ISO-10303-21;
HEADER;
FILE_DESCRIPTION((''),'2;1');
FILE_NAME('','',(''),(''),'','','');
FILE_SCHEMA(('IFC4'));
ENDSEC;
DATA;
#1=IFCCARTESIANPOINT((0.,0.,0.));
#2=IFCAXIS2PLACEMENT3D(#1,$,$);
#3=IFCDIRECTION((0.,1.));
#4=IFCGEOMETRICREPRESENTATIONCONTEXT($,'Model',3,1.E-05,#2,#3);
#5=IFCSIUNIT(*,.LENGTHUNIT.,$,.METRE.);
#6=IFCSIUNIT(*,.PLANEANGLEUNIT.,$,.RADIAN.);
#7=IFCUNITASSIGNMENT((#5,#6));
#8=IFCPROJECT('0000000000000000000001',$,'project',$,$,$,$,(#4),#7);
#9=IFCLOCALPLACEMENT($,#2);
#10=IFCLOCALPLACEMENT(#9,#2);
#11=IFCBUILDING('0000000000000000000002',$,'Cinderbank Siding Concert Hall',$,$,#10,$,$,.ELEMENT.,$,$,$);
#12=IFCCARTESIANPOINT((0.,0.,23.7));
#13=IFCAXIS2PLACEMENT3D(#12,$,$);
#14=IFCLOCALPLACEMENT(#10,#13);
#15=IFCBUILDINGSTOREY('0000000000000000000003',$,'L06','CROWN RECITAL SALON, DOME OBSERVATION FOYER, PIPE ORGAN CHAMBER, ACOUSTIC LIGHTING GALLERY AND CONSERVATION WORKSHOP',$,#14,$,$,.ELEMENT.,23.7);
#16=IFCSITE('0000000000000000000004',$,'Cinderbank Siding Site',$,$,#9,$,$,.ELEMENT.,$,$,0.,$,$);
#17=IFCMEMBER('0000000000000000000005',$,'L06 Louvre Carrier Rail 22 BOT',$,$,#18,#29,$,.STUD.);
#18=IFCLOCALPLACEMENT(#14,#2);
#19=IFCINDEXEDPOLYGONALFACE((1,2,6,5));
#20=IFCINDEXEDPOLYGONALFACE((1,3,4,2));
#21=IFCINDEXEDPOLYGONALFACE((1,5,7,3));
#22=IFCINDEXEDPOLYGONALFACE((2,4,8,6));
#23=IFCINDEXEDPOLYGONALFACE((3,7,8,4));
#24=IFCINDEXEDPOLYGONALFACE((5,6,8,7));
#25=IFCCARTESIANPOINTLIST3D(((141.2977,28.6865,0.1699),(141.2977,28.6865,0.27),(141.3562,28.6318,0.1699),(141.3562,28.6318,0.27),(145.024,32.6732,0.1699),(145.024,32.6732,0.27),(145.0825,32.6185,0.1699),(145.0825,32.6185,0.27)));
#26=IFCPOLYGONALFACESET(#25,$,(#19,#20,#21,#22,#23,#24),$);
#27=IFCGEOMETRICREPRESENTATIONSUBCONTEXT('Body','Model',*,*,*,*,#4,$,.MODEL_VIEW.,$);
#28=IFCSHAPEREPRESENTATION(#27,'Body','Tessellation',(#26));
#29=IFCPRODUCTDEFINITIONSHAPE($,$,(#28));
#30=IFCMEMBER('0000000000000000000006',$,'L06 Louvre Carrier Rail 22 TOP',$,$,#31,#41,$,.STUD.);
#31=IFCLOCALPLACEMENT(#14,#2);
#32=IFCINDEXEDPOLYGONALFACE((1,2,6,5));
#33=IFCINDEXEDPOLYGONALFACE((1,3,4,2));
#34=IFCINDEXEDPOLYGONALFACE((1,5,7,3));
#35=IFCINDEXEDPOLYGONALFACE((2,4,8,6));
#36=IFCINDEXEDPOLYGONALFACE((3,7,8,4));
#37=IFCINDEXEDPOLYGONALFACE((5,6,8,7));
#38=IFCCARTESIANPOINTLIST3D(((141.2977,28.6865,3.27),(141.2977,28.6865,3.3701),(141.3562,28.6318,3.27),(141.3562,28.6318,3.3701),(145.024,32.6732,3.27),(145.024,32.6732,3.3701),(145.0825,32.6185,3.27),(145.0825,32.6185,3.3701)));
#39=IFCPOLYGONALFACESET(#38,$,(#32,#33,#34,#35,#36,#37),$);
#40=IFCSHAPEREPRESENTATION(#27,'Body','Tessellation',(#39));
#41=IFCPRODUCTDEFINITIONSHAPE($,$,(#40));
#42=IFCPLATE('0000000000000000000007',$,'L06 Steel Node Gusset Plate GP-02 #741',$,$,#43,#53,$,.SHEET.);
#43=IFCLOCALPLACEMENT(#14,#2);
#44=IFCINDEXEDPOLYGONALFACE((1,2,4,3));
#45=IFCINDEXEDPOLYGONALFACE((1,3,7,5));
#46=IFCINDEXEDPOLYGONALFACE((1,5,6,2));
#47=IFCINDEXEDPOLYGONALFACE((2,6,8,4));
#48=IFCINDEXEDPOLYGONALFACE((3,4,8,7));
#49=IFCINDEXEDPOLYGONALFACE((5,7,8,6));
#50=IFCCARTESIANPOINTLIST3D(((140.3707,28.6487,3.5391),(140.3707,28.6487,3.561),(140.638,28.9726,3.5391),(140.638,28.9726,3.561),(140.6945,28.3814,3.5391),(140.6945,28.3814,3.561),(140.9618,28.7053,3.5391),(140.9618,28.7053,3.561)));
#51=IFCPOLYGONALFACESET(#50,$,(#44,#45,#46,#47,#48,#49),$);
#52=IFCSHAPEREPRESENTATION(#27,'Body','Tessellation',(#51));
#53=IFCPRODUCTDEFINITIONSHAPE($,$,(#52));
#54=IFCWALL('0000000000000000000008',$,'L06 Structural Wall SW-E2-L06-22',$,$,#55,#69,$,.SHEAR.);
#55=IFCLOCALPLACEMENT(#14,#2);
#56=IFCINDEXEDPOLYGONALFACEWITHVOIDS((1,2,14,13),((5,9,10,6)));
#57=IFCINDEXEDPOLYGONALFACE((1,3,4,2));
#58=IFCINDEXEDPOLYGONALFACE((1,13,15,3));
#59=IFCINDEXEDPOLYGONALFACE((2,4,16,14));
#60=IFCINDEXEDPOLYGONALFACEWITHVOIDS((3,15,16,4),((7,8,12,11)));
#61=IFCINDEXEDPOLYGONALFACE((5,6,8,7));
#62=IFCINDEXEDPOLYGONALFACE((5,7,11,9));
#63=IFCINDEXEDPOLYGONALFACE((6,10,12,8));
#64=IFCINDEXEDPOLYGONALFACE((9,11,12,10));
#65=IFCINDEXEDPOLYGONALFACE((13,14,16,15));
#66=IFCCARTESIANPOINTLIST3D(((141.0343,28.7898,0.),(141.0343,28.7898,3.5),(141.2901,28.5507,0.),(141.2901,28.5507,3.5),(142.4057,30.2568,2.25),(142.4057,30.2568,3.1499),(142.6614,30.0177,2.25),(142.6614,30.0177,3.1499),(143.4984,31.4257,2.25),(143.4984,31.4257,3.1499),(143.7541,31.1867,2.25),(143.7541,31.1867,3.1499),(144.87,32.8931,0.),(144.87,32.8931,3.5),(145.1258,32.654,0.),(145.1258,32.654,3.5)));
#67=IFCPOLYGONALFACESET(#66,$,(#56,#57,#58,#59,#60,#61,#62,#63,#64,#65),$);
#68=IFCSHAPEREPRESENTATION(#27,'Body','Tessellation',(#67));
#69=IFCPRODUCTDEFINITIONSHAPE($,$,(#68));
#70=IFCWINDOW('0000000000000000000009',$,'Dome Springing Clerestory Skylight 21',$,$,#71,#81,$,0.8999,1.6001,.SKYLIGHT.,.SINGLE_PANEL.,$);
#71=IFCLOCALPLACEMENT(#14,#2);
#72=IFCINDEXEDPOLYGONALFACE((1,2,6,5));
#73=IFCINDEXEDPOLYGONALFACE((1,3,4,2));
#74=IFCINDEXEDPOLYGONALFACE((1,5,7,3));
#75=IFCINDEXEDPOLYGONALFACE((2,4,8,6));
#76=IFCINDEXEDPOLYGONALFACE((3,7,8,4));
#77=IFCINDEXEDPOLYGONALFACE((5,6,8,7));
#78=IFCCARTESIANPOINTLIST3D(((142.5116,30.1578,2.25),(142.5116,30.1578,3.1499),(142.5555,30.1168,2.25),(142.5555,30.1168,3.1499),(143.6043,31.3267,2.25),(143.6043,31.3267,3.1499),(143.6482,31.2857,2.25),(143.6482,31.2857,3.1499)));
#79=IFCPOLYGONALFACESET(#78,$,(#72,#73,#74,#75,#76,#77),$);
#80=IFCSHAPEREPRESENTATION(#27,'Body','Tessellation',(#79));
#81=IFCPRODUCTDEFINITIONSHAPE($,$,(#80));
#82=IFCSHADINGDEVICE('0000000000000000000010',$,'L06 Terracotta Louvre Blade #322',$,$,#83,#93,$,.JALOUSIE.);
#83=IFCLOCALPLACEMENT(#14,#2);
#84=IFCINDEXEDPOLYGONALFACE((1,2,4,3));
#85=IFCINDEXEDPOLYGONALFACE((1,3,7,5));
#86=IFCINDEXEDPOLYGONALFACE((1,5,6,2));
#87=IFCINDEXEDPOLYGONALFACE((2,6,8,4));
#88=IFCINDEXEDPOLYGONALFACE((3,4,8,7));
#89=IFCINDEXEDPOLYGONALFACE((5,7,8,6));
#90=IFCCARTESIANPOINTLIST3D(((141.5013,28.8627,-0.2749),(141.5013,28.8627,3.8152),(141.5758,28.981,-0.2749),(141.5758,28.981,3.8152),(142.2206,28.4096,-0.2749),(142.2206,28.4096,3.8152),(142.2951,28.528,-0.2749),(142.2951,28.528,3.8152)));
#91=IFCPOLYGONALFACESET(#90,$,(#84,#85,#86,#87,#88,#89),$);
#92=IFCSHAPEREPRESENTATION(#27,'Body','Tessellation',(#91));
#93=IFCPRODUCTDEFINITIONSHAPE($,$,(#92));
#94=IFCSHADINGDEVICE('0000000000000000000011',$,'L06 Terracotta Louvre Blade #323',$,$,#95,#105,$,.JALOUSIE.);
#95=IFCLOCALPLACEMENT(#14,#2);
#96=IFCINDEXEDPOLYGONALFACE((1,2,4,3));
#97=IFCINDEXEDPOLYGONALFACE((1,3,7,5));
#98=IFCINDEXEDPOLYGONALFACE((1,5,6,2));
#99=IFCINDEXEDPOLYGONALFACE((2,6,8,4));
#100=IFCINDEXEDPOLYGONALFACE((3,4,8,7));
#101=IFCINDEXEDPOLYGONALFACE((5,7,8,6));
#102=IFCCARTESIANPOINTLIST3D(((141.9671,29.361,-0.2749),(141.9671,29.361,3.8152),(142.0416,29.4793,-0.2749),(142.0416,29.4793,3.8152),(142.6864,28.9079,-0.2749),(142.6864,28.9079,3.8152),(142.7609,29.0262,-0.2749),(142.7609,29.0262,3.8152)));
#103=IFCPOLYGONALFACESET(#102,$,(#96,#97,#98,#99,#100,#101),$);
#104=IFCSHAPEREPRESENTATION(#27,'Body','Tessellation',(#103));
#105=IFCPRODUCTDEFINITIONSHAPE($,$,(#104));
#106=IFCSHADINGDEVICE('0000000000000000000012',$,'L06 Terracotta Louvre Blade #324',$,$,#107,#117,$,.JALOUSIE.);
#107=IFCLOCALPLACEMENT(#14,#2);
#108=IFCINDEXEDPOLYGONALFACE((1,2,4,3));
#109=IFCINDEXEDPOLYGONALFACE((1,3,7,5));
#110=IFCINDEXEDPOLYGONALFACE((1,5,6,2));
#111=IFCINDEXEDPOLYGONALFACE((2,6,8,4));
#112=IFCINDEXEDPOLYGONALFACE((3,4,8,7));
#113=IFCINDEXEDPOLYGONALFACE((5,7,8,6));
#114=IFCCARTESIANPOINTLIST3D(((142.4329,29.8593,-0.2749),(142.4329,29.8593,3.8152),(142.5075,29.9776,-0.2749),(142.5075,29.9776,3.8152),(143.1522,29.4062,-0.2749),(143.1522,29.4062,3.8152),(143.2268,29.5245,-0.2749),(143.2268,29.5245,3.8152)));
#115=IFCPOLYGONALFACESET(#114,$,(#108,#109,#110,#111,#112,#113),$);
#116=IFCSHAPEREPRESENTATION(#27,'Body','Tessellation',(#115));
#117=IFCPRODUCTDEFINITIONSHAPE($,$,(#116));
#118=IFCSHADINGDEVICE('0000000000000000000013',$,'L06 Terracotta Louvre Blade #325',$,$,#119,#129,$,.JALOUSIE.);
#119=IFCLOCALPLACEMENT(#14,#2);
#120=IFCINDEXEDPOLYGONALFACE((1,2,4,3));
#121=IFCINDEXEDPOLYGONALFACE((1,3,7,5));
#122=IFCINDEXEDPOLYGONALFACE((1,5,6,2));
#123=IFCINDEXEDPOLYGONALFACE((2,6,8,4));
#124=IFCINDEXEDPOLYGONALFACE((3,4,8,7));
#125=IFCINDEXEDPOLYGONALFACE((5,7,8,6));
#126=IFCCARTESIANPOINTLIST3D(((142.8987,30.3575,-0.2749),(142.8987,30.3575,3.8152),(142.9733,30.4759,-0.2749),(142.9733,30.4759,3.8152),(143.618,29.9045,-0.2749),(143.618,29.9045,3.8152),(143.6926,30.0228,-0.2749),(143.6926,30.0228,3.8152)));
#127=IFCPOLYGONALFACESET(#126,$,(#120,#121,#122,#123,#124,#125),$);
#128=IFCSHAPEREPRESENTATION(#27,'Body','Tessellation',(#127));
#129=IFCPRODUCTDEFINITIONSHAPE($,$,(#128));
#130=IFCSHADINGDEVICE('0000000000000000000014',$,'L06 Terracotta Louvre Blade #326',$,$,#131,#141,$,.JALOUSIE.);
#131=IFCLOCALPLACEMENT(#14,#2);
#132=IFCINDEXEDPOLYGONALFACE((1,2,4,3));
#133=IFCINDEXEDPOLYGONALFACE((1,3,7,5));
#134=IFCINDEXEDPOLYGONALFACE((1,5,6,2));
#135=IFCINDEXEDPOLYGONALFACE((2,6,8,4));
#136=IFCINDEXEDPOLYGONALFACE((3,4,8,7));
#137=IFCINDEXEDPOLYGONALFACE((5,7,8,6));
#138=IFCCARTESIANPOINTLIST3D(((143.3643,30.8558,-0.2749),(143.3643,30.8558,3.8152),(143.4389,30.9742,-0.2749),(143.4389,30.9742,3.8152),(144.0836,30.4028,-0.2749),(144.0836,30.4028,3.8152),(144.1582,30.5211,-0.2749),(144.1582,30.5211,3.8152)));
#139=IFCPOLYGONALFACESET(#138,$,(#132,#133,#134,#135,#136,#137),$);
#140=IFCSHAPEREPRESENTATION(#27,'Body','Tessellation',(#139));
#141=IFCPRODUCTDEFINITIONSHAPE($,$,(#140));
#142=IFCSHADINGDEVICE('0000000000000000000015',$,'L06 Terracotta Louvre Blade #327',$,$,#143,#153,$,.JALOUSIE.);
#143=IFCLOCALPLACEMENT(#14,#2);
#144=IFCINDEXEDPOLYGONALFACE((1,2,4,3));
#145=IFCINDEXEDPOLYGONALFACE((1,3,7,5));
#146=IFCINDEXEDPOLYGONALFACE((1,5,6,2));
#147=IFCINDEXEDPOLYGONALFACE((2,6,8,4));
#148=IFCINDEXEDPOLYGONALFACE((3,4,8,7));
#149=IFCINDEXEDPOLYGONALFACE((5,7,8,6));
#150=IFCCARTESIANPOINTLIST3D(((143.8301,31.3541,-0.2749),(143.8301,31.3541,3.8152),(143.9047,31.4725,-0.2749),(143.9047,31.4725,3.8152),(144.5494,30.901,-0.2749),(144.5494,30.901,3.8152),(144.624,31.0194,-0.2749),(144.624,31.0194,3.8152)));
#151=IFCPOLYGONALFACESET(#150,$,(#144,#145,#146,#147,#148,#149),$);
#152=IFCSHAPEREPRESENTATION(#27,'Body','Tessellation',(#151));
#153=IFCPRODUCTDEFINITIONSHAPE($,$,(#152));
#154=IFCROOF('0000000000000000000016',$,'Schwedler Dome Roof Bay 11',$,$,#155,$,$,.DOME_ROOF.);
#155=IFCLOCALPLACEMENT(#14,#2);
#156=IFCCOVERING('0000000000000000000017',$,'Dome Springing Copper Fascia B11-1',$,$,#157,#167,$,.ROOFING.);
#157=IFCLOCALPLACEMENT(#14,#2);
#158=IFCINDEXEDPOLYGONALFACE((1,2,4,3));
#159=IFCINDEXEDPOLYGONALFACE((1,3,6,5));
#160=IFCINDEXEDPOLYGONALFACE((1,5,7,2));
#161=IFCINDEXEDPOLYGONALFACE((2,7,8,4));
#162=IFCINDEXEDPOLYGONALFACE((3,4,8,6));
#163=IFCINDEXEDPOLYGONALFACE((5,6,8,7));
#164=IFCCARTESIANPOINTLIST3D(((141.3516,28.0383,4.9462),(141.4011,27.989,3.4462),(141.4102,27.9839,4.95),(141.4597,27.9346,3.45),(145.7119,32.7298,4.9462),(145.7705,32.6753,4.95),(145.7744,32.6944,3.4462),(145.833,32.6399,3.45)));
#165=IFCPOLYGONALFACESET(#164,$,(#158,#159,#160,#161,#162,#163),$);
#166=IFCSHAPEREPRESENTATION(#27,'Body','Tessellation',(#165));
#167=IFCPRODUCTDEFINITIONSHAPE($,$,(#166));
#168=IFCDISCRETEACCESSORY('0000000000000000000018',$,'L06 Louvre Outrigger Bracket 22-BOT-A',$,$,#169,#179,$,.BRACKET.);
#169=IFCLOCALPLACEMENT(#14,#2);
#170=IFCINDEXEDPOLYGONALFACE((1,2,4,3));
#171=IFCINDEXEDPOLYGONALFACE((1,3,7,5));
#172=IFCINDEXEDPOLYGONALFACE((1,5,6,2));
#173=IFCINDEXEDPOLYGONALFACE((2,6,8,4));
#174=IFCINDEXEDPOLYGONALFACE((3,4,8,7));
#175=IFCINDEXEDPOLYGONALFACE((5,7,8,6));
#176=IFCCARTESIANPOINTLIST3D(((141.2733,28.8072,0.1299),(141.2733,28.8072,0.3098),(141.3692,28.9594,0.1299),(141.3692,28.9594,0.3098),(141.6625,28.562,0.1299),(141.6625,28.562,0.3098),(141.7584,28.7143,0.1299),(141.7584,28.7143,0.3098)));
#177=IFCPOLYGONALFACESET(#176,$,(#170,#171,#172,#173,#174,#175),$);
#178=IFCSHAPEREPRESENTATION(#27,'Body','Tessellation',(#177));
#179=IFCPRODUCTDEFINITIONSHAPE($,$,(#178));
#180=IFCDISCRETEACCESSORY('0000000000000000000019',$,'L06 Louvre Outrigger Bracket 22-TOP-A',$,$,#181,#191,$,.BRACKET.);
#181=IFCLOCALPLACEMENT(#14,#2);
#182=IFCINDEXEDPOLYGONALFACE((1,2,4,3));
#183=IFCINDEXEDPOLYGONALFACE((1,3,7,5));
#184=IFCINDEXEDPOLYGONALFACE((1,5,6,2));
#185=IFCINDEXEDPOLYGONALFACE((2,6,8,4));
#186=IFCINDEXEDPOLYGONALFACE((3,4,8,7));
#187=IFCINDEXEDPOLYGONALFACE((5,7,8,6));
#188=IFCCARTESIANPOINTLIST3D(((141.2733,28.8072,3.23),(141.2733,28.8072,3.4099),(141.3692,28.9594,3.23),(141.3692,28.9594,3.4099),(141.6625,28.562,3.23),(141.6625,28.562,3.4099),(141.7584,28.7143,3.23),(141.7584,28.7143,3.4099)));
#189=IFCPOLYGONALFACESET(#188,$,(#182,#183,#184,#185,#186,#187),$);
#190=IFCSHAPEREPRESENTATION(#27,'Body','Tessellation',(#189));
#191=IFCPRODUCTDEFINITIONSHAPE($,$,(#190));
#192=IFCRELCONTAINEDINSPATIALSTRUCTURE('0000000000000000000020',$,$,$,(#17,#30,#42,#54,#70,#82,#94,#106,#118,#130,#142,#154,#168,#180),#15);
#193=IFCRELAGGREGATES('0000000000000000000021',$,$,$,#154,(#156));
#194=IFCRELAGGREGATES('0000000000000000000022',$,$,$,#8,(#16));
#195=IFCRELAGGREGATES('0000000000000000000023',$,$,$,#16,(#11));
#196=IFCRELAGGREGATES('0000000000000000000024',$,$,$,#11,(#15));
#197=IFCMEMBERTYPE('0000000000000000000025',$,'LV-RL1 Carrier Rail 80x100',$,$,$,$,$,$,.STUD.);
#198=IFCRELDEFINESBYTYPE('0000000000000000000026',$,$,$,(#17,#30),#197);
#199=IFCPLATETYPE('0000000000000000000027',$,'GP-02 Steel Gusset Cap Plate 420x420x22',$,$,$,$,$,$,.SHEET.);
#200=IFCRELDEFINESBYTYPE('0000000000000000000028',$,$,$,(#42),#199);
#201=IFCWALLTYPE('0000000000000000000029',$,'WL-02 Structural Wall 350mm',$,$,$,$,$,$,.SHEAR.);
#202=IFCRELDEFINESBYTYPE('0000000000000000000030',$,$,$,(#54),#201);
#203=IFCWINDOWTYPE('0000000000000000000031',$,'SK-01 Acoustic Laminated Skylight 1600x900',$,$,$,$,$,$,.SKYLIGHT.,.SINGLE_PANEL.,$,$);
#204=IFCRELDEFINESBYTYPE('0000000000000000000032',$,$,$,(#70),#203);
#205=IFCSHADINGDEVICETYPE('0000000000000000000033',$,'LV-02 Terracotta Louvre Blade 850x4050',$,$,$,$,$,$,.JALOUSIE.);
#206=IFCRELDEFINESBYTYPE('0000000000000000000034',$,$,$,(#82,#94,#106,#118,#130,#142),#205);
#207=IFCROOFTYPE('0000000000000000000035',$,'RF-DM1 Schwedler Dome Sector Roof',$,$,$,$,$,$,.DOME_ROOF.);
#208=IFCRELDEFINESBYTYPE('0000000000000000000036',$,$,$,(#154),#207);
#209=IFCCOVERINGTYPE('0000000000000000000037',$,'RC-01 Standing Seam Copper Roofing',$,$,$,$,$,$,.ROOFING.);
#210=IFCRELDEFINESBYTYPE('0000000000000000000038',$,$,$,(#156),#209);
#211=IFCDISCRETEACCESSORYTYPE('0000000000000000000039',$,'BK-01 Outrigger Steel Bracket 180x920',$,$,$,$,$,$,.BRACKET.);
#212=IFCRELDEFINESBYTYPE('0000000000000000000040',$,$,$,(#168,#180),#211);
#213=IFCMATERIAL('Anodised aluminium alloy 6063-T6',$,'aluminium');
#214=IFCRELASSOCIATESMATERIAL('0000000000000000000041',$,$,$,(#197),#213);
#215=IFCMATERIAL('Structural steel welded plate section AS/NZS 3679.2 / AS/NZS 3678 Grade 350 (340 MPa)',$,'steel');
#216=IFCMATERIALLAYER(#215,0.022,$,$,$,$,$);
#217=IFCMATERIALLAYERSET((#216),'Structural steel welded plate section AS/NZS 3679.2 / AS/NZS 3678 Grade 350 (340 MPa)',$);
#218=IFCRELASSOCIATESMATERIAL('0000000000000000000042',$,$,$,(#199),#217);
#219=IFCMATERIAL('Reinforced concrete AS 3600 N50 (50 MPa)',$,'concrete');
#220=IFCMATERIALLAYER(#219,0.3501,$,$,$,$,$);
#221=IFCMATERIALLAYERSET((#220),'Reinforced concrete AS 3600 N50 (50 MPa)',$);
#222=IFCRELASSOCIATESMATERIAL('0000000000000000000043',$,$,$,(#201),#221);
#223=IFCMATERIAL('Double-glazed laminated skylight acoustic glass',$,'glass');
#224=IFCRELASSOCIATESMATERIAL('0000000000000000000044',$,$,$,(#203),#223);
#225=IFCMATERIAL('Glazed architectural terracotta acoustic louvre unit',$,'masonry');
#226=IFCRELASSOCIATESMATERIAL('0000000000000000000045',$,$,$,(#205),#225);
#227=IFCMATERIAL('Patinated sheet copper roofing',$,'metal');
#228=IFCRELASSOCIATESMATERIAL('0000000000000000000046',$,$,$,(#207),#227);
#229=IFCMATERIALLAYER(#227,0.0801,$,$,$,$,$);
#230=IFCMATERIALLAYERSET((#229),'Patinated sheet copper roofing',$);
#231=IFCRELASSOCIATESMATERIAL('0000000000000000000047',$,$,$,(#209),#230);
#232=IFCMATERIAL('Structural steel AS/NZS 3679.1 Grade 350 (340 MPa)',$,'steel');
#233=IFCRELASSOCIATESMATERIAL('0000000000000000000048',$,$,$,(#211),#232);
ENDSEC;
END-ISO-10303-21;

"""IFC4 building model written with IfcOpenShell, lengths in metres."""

from ifc_helpers import new_model, si_unit, direction, frame, frame_2d, origin, origin_2d, place, context, subcontext, project, spatial, polyline, rectangle, outline, extrude, material, layer, layer_set, material_profile, profile_set, type_object, element, fill, aggregate, save


model = new_model("IFC4")

# Units and contexts
model_context = context("Model", 3, precision=1e-05, world=origin(), true_north=direction((0.0, 1.0)))
body_context = subcontext(model_context, "Body", "Model", "MODEL_VIEW")
ifc_project = project(units=[si_unit("LENGTHUNIT", "METRE"), si_unit("PLANEANGLEUNIT", "RADIAN")], contexts=[model_context])

# Site, building, storey
site_placement = place(None, origin())
site = spatial("IfcSite", under=ifc_project, at=site_placement, Name="Cinderbank Siding Site", CompositionType="ELEMENT", RefElevation=0.0)
building_placement = place(site_placement, origin())
building = spatial("IfcBuilding", under=site, at=building_placement, Name="Cinderbank Siding Concert Hall", CompositionType="ELEMENT")
storey_placement = place(building_placement, frame((0.0, 0.0, 23.7)))
storey = spatial("IfcBuildingStorey", under=building, at=storey_placement, Name="L06", Description="CROWN RECITAL SALON, DOME OBSERVATION FOYER, PIPE ORGAN CHAMBER, ACOUSTIC LIGHTING GALLERY AND CONSERVATION WORKSHOP", CompositionType="ELEMENT", Elevation=23.7)

# Shared definitions
ifc_material_1 = material(Name="Reinforced concrete AS 3600 N50 (50 MPa)", Category="concrete")

# Shared definitions
ifc_material_2 = material(Name="Structural steel welded plate section AS/NZS 3679.2 / AS/NZS 3678 Grade 350 (340 MPa)", Category="steel")

# Members
ifc_material_3 = material(Name="Anodised aluminium alloy 6063-T6", Category="aluminium")
ifc_material_profile_1 = material_profile(ifc_material_3, rectangle(XDim=0.0801, YDim=0.1001, at=origin_2d()), Name="ALU-RAIL-80x100", Category="LoadBearing")
ifc_profile_set_1 = profile_set([ifc_material_profile_1], Name="Anodised aluminium alloy 6063-T6")
member_type_1 = type_object("IfcMemberType", Name="LV-RL1 Carrier Rail 80x100", PredefinedType="STUD", material=ifc_profile_set_1)
for number, where, z_axis, x_axis, name in (
    (1, (141.3269, 28.6592, 0.22), (0.682858, 0.730551, 0.0), (-0.730551, 0.682858, 0.0), "L06 Louvre Carrier Rail 22 BOT"),
    (2, (141.3269, 28.6592, 3.3201), (0.682858, 0.730551, 0.0), (-0.730551, 0.682858, 0.0), "L06 Louvre Carrier Rail 22 TOP"),
):
    element("IfcMember", number, at=place(storey_placement, frame(where, z_axis=z_axis, x_axis=x_axis)), inside=storey, type_object=member_type_1, Name=name, PredefinedType="STUD", context=body_context, shape_type="SweptSolid", body=[
        extrude(rectangle(XDim=0.0801, YDim=0.1001, at=origin_2d()), origin(), (0.0, 0.0, 1.0), 5.457),
    ])

# Plate
ifc_layer_1 = layer(ifc_material_2, 0.022)
ifc_layer_set_1 = layer_set([ifc_layer_1], Name="Structural steel welded plate section AS/NZS 3679.2 / AS/NZS 3678 Grade 350 (340 MPa)")
plate_type = type_object("IfcPlateType", Name="GP-02 Steel Gusset Cap Plate 420x420x22", PredefinedType="SHEET", material=ifc_layer_set_1)
plate_placement = place(storey_placement, frame((140.6663, 28.677, 3.5391), z_axis=(0.0, 0.0, 1.0), x_axis=(-0.77118, 0.636617, 0.0)))
element("IfcPlate", 3, at=plate_placement, inside=storey, type_object=plate_type, Name="L06 Steel Node Gusset Plate GP-02 #741", PredefinedType="SHEET", context=body_context, shape_type="SweptSolid", body=[
    extrude(rectangle(XDim=0.4199, YDim=0.4199, at=origin_2d()), origin(), (0.0, 0.0, 1.0), 0.022),
])

# Wall, opening, window
ifc_layer_2 = layer(ifc_material_1, 0.3501)
ifc_layer_set_2 = layer_set([ifc_layer_2], Name="Reinforced concrete AS 3600 N50 (50 MPa)")
wall_type = type_object("IfcWallType", Name="WL-02 Structural Wall 350mm", PredefinedType="SHEAR", material=ifc_layer_set_2)
wall_placement = place(storey_placement, frame((141.1621, 28.6702, 0.0), z_axis=(0.0, 0.0, 1.0), x_axis=(0.682886, 0.730525, 0.0)))
wall = element("IfcWall", 4, at=wall_placement, inside=storey, type_object=wall_type, Name="L06 Structural Wall SW-E2-L06-22", PredefinedType="SHEAR", context=body_context, shape_type="SweptSolid", body=[
    extrude(rectangle(XDim=5.6169, YDim=0.3501, at=frame_2d((2.8086, 0.0))), origin(), (0.0, 0.0, 1.0), 3.5),
])
opening_placement = place(wall_placement, frame((2.0083, 0.0, 2.25)))
opening = element("IfcOpeningElement", 5, at=opening_placement, cuts=wall, PredefinedType="OPENING", context=body_context, shape_type="SweptSolid", body=[
    extrude(rectangle(XDim=1.6001, YDim=0.8999, at=frame_2d((0.8, 0.45))), frame((0.0, 0.187, 0.0), z_axis=(0.0, -1.0, 0.0), x_axis=(1.0, 0.0, 0.0)), (0.0, 0.0, 1.0), 0.374),
])
ifc_material_4 = material(Name="Double-glazed laminated skylight acoustic glass", Category="glass")
window_type = type_object("IfcWindowType", Name="SK-01 Acoustic Laminated Skylight 1600x900", PartitioningType="SINGLE_PANEL", PredefinedType="SKYLIGHT", material=ifc_material_4)
window_placement = place(opening_placement, origin())
window = element("IfcWindow", 6, at=window_placement, inside=storey, type_object=window_type, Name="Dome Springing Clerestory Skylight 21", OverallHeight=0.8999, OverallWidth=1.6001, PartitioningType="SINGLE_PANEL", PredefinedType="SKYLIGHT", context=body_context, shape_type="SweptSolid", body=[
    extrude(rectangle(XDim=1.6001, YDim=0.8999, at=frame_2d((0.8, 0.45))), frame((0.0, 0.03, 0.0), z_axis=(0.0, -1.0, 0.0), x_axis=(1.0, 0.0, 0.0)), (0.0, 0.0, 1.0), 0.0601),
])
fill(opening, window)

# Shared definitions
ifc_material_5 = material(Name="Structural steel AS/NZS 3679.1 Grade 350 (340 MPa)", Category="steel")

# Shading devices
ifc_material_6 = material(Name="Glazed architectural terracotta acoustic louvre unit", Category="masonry")
shading_device_type = type_object("IfcShadingDeviceType", Name="LV-02 Terracotta Louvre Blade 850x4050", PredefinedType="JALOUSIE", material=ifc_material_6)
for number, where, z_axis, x_axis, name in (
    (7, (141.8982, 28.6953, -0.2749), (0.0, 0.0, 1.0), (0.846132, -0.532973, 0.0), "L06 Terracotta Louvre Blade #322"),
    (8, (142.364, 29.1936, -0.2749), (0.0, 0.0, 1.0), (0.846132, -0.532973, 0.0), "L06 Terracotta Louvre Blade #323"),
    (9, (142.8298, 29.6919, -0.2749), (0.0, 0.0, 1.0), (0.846132, -0.532973, 0.0), "L06 Terracotta Louvre Blade #324"),
    (10, (143.2957, 30.1902, -0.2749), (0.0, 0.0, 1.0), (0.846132, -0.532973, 0.0), "L06 Terracotta Louvre Blade #325"),
    (11, (143.7612, 30.6885, -0.2749), (0.0, 0.0, 1.0), (0.846132, -0.532973, 0.0), "L06 Terracotta Louvre Blade #326"),
    (12, (144.2271, 31.1868, -0.2749), (0.0, 0.0, 1.0), (0.846132, -0.532973, 0.0), "L06 Terracotta Louvre Blade #327"),
):
    element("IfcShadingDevice", number, at=place(storey_placement, frame(where, z_axis=z_axis, x_axis=x_axis)), inside=storey, type_object=shading_device_type, Name=name, PredefinedType="JALOUSIE", context=body_context, shape_type="SweptSolid", body=[
        extrude(rectangle(XDim=0.8501, YDim=0.1399, at=origin_2d()), origin(), (0.0, 0.0, 1.0), 4.0901),
    ])

# Roof, covering
ifc_material_7 = material(Name="Patinated sheet copper roofing", Category="metal")
roof_type = type_object("IfcRoofType", Name="RF-DM1 Schwedler Dome Sector Roof", PredefinedType="DOME_ROOF", material=ifc_material_7)
roof_placement = place(storey_placement, origin())
roof = element("IfcRoof", 13, at=roof_placement, inside=storey, type_object=roof_type, Name="Schwedler Dome Roof Bay 11", PredefinedType="DOME_ROOF")
ifc_layer_3 = layer(ifc_material_7, 0.0801)
ifc_layer_set_3 = layer_set([ifc_layer_3], Name="Patinated sheet copper roofing")
covering_type = type_object("IfcCoveringType", Name="RC-01 Standing Seam Copper Roofing", PredefinedType="ROOFING", material=ifc_layer_set_3)
covering_placement = place(storey_placement, frame((141.4597, 27.9346, 3.45), z_axis=(0.731685, -0.680053, 0.046535), x_axis=(0.68079, 0.732478, 0.0)))
covering = element("IfcCovering", 14, at=covering_placement, type_object=covering_type, Name="Dome Springing Copper Fascia B11-1", PredefinedType="ROOFING", context=body_context, shape_type="SweptSolid", body=[
    extrude(outline(polyline([(0.0, 0.0), (6.4238, 0.0), (6.4072, 1.5016), (0.0024, 1.5016), (0.0, 0.0)])), origin(), (0.0, 0.0, -1.0), 0.0801),
])
aggregate(roof, [covering])

# Discrete accessories
discrete_accessory_type = type_object("IfcDiscreteAccessoryType", Name="BK-01 Outrigger Steel Bracket 180x920", PredefinedType="BRACKET", material=ifc_material_5)
for number, where, z_axis, x_axis, name in (
    (15, (141.5159, 28.7607, 0.1299), (0.0, 0.0, 1.0), (0.846132, -0.532973, 0.0), "L06 Louvre Outrigger Bracket 22-BOT-A"),
    (16, (141.5159, 28.7607, 3.23), (0.0, 0.0, 1.0), (0.846132, -0.532973, 0.0), "L06 Louvre Outrigger Bracket 22-TOP-A"),
):
    element("IfcDiscreteAccessory", number, at=place(storey_placement, frame(where, z_axis=z_axis, x_axis=x_axis)), inside=storey, type_object=discrete_accessory_type, Name=name, PredefinedType="BRACKET", context=body_context, shape_type="SweptSolid", body=[
        extrude(rectangle(XDim=0.46, YDim=0.1799, at=origin_2d()), origin(), (0.0, 0.0, 1.0), 0.1799),
    ])

save(model, "model.ifc")
